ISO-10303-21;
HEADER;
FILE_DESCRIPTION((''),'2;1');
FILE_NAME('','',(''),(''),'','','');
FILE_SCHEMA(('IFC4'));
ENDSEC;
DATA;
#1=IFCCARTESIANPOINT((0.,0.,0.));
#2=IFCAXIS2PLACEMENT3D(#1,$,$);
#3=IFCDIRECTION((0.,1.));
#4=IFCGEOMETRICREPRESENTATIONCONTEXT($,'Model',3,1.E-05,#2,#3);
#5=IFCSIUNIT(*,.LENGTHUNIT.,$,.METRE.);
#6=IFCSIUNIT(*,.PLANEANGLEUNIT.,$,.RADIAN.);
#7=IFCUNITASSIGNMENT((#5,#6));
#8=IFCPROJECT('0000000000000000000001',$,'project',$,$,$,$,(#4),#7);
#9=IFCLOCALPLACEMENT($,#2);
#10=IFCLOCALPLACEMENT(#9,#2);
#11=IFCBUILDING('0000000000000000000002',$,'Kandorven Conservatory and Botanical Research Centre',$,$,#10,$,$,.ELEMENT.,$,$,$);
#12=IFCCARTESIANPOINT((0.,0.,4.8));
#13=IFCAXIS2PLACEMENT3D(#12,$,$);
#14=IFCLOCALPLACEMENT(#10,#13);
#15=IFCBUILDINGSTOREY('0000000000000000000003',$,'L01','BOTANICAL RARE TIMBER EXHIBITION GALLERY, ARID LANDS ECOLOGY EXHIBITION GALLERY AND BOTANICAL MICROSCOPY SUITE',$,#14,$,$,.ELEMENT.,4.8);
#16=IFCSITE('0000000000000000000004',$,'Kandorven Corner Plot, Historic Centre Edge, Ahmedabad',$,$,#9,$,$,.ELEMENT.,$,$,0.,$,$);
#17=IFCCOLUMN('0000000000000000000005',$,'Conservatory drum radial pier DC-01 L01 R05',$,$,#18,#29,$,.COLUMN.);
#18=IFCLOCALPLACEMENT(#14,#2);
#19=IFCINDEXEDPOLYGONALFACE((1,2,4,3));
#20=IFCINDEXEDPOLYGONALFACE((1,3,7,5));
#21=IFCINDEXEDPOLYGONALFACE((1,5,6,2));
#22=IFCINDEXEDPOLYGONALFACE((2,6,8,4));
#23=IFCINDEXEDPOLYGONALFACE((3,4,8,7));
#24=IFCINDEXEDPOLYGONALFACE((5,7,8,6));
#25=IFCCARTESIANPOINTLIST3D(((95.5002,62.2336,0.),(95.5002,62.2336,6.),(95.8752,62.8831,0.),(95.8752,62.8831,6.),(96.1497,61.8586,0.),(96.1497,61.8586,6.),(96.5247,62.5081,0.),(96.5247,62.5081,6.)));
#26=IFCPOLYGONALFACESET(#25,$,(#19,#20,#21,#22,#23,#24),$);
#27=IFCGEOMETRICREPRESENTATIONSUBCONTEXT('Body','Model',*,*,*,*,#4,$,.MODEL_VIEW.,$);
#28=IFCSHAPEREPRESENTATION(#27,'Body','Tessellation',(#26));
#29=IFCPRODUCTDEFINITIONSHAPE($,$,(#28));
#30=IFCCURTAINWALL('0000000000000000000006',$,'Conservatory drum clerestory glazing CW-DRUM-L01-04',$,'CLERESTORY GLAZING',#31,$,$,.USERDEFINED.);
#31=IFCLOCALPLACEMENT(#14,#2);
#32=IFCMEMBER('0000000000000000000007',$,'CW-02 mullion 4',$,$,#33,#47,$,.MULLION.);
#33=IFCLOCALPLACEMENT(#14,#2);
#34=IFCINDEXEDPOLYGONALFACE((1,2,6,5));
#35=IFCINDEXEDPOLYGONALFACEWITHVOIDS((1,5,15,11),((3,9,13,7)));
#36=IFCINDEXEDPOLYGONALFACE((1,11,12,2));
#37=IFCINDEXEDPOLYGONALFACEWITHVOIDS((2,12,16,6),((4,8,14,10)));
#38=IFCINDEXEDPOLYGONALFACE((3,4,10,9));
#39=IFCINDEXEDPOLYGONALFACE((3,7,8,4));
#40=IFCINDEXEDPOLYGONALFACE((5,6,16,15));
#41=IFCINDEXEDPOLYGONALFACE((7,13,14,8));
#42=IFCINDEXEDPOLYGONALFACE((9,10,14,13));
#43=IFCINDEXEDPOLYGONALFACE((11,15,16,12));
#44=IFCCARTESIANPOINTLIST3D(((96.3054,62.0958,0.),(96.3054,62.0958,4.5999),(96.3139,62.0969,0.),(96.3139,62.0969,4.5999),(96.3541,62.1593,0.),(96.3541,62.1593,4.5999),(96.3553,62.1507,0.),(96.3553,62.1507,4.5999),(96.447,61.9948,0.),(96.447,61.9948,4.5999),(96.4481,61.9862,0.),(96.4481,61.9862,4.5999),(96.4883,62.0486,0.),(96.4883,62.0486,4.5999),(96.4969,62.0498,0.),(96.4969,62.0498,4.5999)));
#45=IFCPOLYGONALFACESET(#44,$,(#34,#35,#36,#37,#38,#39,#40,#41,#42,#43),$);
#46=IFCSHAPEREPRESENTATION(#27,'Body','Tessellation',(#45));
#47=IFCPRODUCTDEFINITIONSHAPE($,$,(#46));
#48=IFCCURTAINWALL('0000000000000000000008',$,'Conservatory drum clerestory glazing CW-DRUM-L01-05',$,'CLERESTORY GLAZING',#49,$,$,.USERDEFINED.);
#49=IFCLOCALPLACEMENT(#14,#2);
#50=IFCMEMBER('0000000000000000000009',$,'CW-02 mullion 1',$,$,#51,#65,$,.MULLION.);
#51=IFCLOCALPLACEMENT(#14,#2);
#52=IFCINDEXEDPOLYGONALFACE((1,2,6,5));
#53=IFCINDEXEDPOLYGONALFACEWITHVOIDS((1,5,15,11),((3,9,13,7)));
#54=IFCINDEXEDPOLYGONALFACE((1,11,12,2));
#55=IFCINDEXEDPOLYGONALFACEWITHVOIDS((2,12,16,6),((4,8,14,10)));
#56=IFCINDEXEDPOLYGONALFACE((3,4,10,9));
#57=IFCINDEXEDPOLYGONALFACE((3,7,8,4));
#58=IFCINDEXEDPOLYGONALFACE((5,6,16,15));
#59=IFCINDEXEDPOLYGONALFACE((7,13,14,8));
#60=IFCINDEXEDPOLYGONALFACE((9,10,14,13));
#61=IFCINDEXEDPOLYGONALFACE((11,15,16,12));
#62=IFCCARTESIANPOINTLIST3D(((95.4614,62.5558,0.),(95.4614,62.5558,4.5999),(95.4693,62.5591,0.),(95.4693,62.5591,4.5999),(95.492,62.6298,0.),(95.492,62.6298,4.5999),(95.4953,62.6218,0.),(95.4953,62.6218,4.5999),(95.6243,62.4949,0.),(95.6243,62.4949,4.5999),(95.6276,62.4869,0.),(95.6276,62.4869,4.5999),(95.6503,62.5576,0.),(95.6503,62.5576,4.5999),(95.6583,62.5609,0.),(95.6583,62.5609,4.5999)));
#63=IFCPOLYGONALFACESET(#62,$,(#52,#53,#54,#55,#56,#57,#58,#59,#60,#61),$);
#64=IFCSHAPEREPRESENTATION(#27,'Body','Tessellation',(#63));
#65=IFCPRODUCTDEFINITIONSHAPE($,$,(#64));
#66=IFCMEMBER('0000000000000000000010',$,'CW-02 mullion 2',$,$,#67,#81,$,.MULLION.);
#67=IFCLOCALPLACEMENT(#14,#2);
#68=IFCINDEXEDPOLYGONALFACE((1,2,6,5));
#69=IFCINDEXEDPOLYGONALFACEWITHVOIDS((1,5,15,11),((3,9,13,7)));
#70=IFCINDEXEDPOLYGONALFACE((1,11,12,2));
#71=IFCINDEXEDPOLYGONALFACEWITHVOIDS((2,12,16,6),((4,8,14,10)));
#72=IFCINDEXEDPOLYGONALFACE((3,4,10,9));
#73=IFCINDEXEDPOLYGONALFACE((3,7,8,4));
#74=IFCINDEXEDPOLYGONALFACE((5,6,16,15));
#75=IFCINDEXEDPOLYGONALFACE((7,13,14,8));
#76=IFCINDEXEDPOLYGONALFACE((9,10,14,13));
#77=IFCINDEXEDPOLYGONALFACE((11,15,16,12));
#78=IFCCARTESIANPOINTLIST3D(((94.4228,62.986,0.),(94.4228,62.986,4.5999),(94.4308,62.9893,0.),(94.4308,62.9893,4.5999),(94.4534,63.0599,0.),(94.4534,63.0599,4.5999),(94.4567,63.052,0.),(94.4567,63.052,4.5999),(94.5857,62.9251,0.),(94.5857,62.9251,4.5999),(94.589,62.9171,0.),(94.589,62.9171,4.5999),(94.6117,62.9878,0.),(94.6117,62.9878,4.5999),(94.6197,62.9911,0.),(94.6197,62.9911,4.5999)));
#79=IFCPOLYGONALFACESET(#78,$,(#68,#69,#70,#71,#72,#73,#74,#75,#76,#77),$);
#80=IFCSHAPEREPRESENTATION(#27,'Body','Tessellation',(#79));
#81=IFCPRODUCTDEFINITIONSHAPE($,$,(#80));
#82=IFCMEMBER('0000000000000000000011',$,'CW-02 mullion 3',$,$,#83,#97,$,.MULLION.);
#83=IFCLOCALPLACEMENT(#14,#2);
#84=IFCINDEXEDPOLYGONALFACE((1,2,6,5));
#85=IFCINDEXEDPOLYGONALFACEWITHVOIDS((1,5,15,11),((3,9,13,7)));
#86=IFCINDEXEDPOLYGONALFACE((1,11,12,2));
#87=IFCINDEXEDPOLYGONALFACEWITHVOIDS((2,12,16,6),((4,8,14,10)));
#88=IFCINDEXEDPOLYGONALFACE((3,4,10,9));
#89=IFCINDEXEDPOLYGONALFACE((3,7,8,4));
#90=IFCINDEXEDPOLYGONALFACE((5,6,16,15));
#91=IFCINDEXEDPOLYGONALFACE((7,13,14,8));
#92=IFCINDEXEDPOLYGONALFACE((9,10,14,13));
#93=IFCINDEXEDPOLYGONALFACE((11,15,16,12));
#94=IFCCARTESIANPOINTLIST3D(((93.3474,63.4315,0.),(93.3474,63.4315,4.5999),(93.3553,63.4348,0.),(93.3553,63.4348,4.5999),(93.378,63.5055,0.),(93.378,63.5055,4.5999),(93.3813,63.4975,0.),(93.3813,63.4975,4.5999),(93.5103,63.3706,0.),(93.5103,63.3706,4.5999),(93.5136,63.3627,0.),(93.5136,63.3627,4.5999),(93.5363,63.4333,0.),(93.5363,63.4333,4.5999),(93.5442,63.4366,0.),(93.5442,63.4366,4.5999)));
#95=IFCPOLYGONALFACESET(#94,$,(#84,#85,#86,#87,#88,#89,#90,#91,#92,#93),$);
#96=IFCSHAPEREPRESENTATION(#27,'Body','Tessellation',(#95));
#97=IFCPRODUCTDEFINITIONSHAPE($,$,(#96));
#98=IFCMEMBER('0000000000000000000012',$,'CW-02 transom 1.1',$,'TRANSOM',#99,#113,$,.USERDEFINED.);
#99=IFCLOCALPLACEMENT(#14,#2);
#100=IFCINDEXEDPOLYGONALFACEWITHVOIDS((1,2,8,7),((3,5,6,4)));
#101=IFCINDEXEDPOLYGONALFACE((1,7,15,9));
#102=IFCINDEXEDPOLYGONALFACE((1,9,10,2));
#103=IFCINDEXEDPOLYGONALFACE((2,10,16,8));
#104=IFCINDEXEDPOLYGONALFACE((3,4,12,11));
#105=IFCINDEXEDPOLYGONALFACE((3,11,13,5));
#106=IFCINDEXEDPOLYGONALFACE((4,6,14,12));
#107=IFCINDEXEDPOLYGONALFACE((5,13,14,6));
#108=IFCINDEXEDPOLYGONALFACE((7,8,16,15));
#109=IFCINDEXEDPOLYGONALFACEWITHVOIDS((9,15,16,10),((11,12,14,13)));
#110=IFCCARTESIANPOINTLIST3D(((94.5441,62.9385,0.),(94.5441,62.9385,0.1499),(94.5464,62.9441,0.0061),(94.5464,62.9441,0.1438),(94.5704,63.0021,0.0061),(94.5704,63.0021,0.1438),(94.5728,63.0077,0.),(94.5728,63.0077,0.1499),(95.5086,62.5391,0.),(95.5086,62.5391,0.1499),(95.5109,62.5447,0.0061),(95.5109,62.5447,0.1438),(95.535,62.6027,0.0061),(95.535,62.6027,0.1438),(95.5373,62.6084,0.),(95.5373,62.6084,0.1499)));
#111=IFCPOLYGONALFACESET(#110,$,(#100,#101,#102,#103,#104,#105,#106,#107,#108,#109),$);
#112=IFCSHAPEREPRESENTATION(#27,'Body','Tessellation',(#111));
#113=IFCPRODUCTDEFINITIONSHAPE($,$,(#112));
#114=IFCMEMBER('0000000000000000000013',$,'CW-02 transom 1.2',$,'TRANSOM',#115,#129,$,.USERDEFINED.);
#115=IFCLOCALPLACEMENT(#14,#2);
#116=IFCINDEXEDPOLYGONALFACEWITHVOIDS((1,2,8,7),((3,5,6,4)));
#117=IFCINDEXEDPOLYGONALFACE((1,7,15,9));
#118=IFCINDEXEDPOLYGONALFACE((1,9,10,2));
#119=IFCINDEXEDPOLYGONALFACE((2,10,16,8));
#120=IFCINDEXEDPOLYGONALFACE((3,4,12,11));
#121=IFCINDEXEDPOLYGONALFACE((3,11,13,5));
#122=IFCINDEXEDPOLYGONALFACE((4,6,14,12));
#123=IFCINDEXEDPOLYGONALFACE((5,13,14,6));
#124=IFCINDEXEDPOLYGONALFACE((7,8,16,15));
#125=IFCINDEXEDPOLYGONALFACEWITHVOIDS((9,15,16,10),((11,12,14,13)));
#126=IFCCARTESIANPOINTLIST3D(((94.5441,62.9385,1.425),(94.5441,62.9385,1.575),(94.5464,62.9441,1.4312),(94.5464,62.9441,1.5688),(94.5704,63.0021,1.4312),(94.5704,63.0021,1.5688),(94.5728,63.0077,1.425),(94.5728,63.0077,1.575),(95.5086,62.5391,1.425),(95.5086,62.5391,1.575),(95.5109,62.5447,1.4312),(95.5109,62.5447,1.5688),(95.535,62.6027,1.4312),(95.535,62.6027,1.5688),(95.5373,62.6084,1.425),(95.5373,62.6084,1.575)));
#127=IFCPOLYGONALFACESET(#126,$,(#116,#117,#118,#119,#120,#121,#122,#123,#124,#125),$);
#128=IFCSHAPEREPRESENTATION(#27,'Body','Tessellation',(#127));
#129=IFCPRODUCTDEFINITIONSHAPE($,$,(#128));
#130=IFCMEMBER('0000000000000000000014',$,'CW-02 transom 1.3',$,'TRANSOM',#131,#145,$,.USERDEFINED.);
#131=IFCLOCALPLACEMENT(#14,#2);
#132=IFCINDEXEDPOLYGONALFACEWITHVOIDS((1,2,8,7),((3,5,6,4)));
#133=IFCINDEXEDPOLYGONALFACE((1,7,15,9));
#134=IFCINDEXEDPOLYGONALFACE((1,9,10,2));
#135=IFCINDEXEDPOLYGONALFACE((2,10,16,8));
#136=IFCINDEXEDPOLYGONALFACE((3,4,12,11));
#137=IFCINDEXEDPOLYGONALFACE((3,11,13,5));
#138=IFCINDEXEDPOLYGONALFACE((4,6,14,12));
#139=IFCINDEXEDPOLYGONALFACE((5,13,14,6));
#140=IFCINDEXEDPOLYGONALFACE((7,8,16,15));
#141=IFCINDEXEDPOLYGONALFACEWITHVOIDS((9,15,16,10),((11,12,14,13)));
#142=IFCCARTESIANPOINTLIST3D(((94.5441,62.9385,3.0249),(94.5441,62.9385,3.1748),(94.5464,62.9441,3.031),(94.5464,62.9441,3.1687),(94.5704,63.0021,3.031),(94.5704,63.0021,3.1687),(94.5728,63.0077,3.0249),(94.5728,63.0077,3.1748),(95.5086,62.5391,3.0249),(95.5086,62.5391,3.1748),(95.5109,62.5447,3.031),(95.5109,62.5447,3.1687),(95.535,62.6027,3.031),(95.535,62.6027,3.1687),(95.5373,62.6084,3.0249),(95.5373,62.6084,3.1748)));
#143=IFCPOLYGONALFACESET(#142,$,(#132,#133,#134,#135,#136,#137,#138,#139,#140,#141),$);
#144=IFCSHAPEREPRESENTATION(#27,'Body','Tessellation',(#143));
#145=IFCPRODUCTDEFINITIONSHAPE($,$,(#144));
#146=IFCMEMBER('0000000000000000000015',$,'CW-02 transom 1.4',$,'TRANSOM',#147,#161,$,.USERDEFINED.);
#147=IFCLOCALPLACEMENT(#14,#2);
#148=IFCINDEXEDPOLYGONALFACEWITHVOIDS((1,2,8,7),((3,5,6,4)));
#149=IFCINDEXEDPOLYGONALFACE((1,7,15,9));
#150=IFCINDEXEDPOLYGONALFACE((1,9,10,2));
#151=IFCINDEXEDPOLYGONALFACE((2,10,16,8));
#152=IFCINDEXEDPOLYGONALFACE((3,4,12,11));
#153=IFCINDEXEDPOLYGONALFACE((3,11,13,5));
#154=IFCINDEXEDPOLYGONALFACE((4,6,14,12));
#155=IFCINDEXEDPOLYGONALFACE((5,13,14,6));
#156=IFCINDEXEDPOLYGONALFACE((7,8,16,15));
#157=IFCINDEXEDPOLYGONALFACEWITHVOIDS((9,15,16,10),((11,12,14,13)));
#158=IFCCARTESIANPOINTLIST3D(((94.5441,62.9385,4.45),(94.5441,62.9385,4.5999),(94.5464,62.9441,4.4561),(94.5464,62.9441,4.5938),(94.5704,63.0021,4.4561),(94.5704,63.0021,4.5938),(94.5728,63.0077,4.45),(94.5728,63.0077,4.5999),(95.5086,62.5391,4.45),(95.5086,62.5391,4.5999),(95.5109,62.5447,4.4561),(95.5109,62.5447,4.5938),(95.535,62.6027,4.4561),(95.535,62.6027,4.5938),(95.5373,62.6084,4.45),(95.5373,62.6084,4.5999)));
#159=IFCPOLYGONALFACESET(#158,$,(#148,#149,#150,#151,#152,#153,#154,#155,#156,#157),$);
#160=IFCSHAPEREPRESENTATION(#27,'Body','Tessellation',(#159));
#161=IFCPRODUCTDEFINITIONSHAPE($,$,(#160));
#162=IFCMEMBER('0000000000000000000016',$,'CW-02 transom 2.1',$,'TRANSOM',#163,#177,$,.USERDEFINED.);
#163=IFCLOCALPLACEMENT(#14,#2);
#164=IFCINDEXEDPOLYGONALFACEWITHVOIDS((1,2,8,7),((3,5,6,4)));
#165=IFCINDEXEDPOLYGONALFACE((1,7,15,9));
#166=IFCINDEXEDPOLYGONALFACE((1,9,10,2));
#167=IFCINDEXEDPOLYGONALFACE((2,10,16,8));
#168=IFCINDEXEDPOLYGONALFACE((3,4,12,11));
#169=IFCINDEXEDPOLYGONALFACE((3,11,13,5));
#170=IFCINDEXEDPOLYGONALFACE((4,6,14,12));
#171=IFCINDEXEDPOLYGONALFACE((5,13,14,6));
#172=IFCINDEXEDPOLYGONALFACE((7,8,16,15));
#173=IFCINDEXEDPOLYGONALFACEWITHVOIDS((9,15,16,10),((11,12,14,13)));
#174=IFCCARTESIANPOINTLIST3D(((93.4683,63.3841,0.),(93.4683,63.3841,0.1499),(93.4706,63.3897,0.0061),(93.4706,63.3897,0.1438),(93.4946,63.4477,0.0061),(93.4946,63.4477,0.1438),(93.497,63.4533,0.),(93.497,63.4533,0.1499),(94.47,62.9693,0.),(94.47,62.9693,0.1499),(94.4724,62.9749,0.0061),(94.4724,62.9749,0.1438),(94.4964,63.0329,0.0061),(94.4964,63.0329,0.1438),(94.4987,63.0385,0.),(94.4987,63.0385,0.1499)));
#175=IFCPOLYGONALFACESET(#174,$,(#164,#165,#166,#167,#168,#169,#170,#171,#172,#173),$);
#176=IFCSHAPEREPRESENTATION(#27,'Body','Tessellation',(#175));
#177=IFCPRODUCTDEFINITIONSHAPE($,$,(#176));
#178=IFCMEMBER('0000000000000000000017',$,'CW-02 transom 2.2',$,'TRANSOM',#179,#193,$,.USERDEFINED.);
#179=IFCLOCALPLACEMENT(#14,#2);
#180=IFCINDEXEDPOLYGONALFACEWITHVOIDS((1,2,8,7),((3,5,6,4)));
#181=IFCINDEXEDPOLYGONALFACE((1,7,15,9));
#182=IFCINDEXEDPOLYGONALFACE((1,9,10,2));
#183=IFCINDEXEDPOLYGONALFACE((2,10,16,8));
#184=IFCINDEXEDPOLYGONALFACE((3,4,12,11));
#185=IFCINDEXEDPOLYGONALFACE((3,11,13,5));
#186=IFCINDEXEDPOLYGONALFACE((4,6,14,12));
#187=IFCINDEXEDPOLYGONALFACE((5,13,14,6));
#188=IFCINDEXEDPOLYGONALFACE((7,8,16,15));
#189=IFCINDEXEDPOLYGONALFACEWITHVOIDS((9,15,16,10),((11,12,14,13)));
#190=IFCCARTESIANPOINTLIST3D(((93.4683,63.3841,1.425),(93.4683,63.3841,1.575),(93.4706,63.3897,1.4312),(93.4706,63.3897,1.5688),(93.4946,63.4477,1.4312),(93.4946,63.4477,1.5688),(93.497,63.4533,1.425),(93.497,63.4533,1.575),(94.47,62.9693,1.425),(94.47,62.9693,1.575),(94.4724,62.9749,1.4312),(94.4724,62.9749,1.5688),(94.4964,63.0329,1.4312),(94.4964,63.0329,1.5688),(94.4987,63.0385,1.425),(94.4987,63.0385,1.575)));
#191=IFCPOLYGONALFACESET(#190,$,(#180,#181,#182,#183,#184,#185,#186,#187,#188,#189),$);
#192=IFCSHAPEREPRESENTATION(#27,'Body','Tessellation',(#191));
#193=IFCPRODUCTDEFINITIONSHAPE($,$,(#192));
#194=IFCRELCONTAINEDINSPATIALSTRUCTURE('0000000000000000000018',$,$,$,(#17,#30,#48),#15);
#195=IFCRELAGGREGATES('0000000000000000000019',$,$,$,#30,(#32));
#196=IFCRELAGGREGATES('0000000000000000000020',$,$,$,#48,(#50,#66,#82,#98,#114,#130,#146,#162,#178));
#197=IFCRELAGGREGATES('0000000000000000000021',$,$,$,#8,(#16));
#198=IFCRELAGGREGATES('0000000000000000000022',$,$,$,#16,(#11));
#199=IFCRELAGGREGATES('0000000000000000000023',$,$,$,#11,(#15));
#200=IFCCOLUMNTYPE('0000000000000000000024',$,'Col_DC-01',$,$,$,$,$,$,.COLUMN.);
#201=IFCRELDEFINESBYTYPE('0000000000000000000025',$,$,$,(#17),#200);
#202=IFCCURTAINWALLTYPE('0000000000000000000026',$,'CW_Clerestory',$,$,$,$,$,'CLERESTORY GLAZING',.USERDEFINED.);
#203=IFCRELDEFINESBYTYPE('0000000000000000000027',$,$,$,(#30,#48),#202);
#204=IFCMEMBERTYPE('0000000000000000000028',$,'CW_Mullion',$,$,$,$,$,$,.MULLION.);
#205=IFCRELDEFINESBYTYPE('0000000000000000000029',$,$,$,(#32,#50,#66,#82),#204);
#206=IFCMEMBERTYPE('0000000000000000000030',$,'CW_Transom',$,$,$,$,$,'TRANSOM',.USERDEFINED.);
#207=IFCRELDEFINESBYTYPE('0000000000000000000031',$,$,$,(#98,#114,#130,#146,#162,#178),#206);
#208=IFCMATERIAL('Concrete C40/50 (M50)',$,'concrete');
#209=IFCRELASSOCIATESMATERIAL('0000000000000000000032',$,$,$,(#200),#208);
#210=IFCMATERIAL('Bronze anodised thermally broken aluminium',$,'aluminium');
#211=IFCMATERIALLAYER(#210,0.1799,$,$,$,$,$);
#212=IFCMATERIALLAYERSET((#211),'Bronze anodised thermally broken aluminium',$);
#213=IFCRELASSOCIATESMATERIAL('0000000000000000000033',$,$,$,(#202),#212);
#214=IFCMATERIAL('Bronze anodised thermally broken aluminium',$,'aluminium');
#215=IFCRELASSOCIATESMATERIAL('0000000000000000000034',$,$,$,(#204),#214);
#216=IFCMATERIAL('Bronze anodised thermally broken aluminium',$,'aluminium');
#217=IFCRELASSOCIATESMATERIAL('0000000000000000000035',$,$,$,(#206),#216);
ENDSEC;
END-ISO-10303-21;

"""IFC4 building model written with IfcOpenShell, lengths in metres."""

from ifc_helpers import new_model, si_unit, direction, frame, origin, origin_2d, place, context, subcontext, project, spatial, rectangle, hollow_rectangle, extrude, material, layer, layer_set, material_profile, profile_set, type_object, element, aggregate, save


model = new_model("IFC4")

# Units and contexts
model_context = context("Model", 3, precision=1e-05, world=origin(), true_north=direction((0.0, 1.0)))
body_context = subcontext(model_context, "Body", "Model", "MODEL_VIEW")
ifc_project = project(units=[si_unit("LENGTHUNIT", "METRE"), si_unit("PLANEANGLEUNIT", "RADIAN")], contexts=[model_context])

# Site, building, storey
site_placement = place(None, origin())
site = spatial("IfcSite", under=ifc_project, at=site_placement, Name="Kandorven Corner Plot, Historic Centre Edge, Ahmedabad", CompositionType="ELEMENT", RefElevation=0.0)
building_placement = place(site_placement, origin())
building = spatial("IfcBuilding", under=site, at=building_placement, Name="Kandorven Conservatory and Botanical Research Centre", CompositionType="ELEMENT")
storey_placement = place(building_placement, frame((0.0, 0.0, 4.8)))
storey = spatial("IfcBuildingStorey", under=building, at=storey_placement, Name="L01", Description="BOTANICAL RARE TIMBER EXHIBITION GALLERY, ARID LANDS ECOLOGY EXHIBITION GALLERY AND BOTANICAL MICROSCOPY SUITE", CompositionType="ELEMENT", Elevation=4.8)

# Column
ifc_material_1 = material(Name="Concrete C40/50 (M50)", Category="concrete")
ifc_material_profile_1 = material_profile(ifc_material_1, rectangle(XDim=0.75, YDim=0.75, at=origin_2d()))
ifc_profile_set_1 = profile_set([ifc_material_profile_1], Name="Concrete C40/50 (M50)")
column_type = type_object("IfcColumnType", Name="Col_DC-01", PredefinedType="COLUMN", material=ifc_profile_set_1)
column_placement = place(storey_placement, frame((96.0125, 62.3708, 0.0), z_axis=(0.0, 0.0, 1.0), x_axis=(0.5, 0.866025, 0.0)))
element("IfcColumn", 1, at=column_placement, inside=storey, type_object=column_type, Name="Conservatory drum radial pier DC-01 L01 R05", PredefinedType="COLUMN", context=body_context, shape_type="SweptSolid", body=[
    extrude(rectangle(XDim=0.75, YDim=0.75, at=origin_2d()), origin(), (0.0, 0.0, 1.0), 6.0),
])

# Curtain wall, member
ifc_material_2 = material(Name="Bronze anodised thermally broken aluminium", Category="aluminium")
ifc_layer_1 = layer(ifc_material_2, 0.1799)
ifc_layer_set_1 = layer_set([ifc_layer_1], Name="Bronze anodised thermally broken aluminium")
curtain_wall_type = type_object("IfcCurtainWallType", Name="CW_Clerestory", ElementType="CLERESTORY GLAZING", PredefinedType="USERDEFINED", material=ifc_layer_set_1)
curtain_wall_1_placement = place(storey_placement, origin())
curtain_wall_1 = element("IfcCurtainWall", 2, at=curtain_wall_1_placement, inside=storey, type_object=curtain_wall_type, Name="Conservatory drum clerestory glazing CW-DRUM-L01-04", ObjectType="CLERESTORY GLAZING", PredefinedType="USERDEFINED")
ifc_material_3 = material(Name="Bronze anodised thermally broken aluminium", Category="aluminium")
ifc_material_profile_2 = material_profile(ifc_material_3, hollow_rectangle(XDim=0.0801, YDim=0.1799, WallThickness=0.0061, at=origin_2d()))
ifc_profile_set_2 = profile_set([ifc_material_profile_2], Name="Bronze anodised thermally broken aluminium")
member_type_1 = type_object("IfcMemberType", Name="CW_Mullion", PredefinedType="MULLION", material=ifc_profile_set_2)
member_1_placement = place(storey_placement, frame((96.4011, 62.0728, 0.0), z_axis=(0.0, 0.0, 1.0), x_axis=(-0.608769, -0.793347, 0.0)))
member_1 = element("IfcMember", 3, at=member_1_placement, type_object=member_type_1, Name="CW-02 mullion 4", PredefinedType="MULLION", context=body_context, shape_type="SweptSolid", body=[
    extrude(hollow_rectangle(XDim=0.0801, YDim=0.1799, WallThickness=0.0061, at=origin_2d()), origin(), (0.0, 0.0, 1.0), 4.5999),
])

# Curtain wall, members
curtain_wall_2_placement = place(storey_placement, origin())
curtain_wall_2 = element("IfcCurtainWall", 4, at=curtain_wall_2_placement, inside=storey, type_object=curtain_wall_type, Name="Conservatory drum clerestory glazing CW-DRUM-L01-05", ObjectType="CLERESTORY GLAZING", PredefinedType="USERDEFINED")
member_2_placement = place(storey_placement, frame((95.5598, 62.5583, 0.0), z_axis=(0.0, 0.0, 1.0), x_axis=(-0.382669, -0.923886, 0.0)))
member_2 = element("IfcMember", 5, at=member_2_placement, type_object=member_type_1, Name="CW-02 mullion 1", PredefinedType="MULLION", context=body_context, shape_type="SweptSolid", body=[
    extrude(hollow_rectangle(XDim=0.0801, YDim=0.1799, WallThickness=0.0061, at=origin_2d()), origin(), (0.0, 0.0, 1.0), 4.5999),
])
member_3_placement = place(storey_placement, frame((94.5212, 62.9885, 0.0), z_axis=(0.0, 0.0, 1.0), x_axis=(-0.382669, -0.923886, 0.0)))
member_3 = element("IfcMember", 6, at=member_3_placement, type_object=member_type_1, Name="CW-02 mullion 2", PredefinedType="MULLION", context=body_context, shape_type="SweptSolid", body=[
    extrude(hollow_rectangle(XDim=0.0801, YDim=0.1799, WallThickness=0.0061, at=origin_2d()), origin(), (0.0, 0.0, 1.0), 4.5999),
])
member_4_placement = place(storey_placement, frame((93.4458, 63.4341, 0.0), z_axis=(0.0, 0.0, 1.0), x_axis=(-0.382669, -0.923886, 0.0)))
member_4 = element("IfcMember", 7, at=member_4_placement, type_object=member_type_1, Name="CW-02 mullion 3", PredefinedType="MULLION", context=body_context, shape_type="SweptSolid", body=[
    extrude(hollow_rectangle(XDim=0.0801, YDim=0.1799, WallThickness=0.0061, at=origin_2d()), origin(), (0.0, 0.0, 1.0), 4.5999),
])
ifc_material_4 = material(Name="Bronze anodised thermally broken aluminium", Category="aluminium")
ifc_material_profile_3 = material_profile(ifc_material_4, hollow_rectangle(XDim=0.075, YDim=0.1499, WallThickness=0.0061, at=origin_2d()))
ifc_profile_set_3 = profile_set([ifc_material_profile_3], Name="Bronze anodised thermally broken aluminium")
member_type_2 = type_object("IfcMemberType", Name="CW_Transom", ElementType="TRANSOM", PredefinedType="USERDEFINED", material=ifc_profile_set_3)
member_5_placement = place(storey_placement, frame((95.5229, 62.5737, 0.075), z_axis=(-0.923926, 0.382572, 0.0), x_axis=(-0.382572, -0.923926, 0.0)))
member_5 = element("IfcMember", 8, at=member_5_placement, type_object=member_type_2, Name="CW-02 transom 1.1", ObjectType="TRANSOM", PredefinedType="USERDEFINED", context=body_context, shape_type="SweptSolid", body=[
    extrude(hollow_rectangle(XDim=0.075, YDim=0.1499, WallThickness=0.0061, at=origin_2d()), origin(), (0.0, 0.0, 1.0), 1.0439),
])
member_6_placement = place(storey_placement, frame((95.5229, 62.5737, 1.5), z_axis=(-0.923926, 0.382572, 0.0), x_axis=(-0.382572, -0.923926, 0.0)))
member_6 = element("IfcMember", 9, at=member_6_placement, type_object=member_type_2, Name="CW-02 transom 1.2", ObjectType="TRANSOM", PredefinedType="USERDEFINED", context=body_context, shape_type="SweptSolid", body=[
    extrude(hollow_rectangle(XDim=0.075, YDim=0.1499, WallThickness=0.0061, at=origin_2d()), origin(), (0.0, 0.0, 1.0), 1.0439),
])
member_7_placement = place(storey_placement, frame((95.5229, 62.5737, 3.0999), z_axis=(-0.923926, 0.382572, 0.0), x_axis=(-0.382572, -0.923926, 0.0)))
member_7 = element("IfcMember", 10, at=member_7_placement, type_object=member_type_2, Name="CW-02 transom 1.3", ObjectType="TRANSOM", PredefinedType="USERDEFINED", context=body_context, shape_type="SweptSolid", body=[
    extrude(hollow_rectangle(XDim=0.075, YDim=0.1499, WallThickness=0.0061, at=origin_2d()), origin(), (0.0, 0.0, 1.0), 1.0439),
])
member_8_placement = place(storey_placement, frame((95.5229, 62.5737, 4.5249), z_axis=(-0.923926, 0.382572, 0.0), x_axis=(-0.382572, -0.923926, 0.0)))
member_8 = element("IfcMember", 11, at=member_8_placement, type_object=member_type_2, Name="CW-02 transom 1.4", ObjectType="TRANSOM", PredefinedType="USERDEFINED", context=body_context, shape_type="SweptSolid", body=[
    extrude(hollow_rectangle(XDim=0.075, YDim=0.1499, WallThickness=0.0061, at=origin_2d()), origin(), (0.0, 0.0, 1.0), 1.0439),
])
member_9_placement = place(storey_placement, frame((94.4844, 63.0039, 0.075), z_axis=(-0.923921, 0.382584, 0.0), x_axis=(-0.382584, -0.923921, 0.0)))
member_9 = element("IfcMember", 12, at=member_9_placement, type_object=member_type_2, Name="CW-02 transom 2.1", ObjectType="TRANSOM", PredefinedType="USERDEFINED", context=body_context, shape_type="SweptSolid", body=[
    extrude(hollow_rectangle(XDim=0.075, YDim=0.1499, WallThickness=0.0061, at=origin_2d()), origin(), (0.0, 0.0, 1.0), 1.0842),
])
member_10_placement = place(storey_placement, frame((94.4844, 63.0039, 1.5), z_axis=(-0.923921, 0.382584, 0.0), x_axis=(-0.382584, -0.923921, 0.0)))
member_10 = element("IfcMember", 13, at=member_10_placement, type_object=member_type_2, Name="CW-02 transom 2.2", ObjectType="TRANSOM", PredefinedType="USERDEFINED", context=body_context, shape_type="SweptSolid", body=[
    extrude(hollow_rectangle(XDim=0.075, YDim=0.1499, WallThickness=0.0061, at=origin_2d()), origin(), (0.0, 0.0, 1.0), 1.0842),
])

aggregate(curtain_wall_1, [member_1])
aggregate(curtain_wall_2, [member_2, member_3, member_4, member_5, member_6, member_7, member_8, member_9, member_10])

save(model, "model.ifc")
